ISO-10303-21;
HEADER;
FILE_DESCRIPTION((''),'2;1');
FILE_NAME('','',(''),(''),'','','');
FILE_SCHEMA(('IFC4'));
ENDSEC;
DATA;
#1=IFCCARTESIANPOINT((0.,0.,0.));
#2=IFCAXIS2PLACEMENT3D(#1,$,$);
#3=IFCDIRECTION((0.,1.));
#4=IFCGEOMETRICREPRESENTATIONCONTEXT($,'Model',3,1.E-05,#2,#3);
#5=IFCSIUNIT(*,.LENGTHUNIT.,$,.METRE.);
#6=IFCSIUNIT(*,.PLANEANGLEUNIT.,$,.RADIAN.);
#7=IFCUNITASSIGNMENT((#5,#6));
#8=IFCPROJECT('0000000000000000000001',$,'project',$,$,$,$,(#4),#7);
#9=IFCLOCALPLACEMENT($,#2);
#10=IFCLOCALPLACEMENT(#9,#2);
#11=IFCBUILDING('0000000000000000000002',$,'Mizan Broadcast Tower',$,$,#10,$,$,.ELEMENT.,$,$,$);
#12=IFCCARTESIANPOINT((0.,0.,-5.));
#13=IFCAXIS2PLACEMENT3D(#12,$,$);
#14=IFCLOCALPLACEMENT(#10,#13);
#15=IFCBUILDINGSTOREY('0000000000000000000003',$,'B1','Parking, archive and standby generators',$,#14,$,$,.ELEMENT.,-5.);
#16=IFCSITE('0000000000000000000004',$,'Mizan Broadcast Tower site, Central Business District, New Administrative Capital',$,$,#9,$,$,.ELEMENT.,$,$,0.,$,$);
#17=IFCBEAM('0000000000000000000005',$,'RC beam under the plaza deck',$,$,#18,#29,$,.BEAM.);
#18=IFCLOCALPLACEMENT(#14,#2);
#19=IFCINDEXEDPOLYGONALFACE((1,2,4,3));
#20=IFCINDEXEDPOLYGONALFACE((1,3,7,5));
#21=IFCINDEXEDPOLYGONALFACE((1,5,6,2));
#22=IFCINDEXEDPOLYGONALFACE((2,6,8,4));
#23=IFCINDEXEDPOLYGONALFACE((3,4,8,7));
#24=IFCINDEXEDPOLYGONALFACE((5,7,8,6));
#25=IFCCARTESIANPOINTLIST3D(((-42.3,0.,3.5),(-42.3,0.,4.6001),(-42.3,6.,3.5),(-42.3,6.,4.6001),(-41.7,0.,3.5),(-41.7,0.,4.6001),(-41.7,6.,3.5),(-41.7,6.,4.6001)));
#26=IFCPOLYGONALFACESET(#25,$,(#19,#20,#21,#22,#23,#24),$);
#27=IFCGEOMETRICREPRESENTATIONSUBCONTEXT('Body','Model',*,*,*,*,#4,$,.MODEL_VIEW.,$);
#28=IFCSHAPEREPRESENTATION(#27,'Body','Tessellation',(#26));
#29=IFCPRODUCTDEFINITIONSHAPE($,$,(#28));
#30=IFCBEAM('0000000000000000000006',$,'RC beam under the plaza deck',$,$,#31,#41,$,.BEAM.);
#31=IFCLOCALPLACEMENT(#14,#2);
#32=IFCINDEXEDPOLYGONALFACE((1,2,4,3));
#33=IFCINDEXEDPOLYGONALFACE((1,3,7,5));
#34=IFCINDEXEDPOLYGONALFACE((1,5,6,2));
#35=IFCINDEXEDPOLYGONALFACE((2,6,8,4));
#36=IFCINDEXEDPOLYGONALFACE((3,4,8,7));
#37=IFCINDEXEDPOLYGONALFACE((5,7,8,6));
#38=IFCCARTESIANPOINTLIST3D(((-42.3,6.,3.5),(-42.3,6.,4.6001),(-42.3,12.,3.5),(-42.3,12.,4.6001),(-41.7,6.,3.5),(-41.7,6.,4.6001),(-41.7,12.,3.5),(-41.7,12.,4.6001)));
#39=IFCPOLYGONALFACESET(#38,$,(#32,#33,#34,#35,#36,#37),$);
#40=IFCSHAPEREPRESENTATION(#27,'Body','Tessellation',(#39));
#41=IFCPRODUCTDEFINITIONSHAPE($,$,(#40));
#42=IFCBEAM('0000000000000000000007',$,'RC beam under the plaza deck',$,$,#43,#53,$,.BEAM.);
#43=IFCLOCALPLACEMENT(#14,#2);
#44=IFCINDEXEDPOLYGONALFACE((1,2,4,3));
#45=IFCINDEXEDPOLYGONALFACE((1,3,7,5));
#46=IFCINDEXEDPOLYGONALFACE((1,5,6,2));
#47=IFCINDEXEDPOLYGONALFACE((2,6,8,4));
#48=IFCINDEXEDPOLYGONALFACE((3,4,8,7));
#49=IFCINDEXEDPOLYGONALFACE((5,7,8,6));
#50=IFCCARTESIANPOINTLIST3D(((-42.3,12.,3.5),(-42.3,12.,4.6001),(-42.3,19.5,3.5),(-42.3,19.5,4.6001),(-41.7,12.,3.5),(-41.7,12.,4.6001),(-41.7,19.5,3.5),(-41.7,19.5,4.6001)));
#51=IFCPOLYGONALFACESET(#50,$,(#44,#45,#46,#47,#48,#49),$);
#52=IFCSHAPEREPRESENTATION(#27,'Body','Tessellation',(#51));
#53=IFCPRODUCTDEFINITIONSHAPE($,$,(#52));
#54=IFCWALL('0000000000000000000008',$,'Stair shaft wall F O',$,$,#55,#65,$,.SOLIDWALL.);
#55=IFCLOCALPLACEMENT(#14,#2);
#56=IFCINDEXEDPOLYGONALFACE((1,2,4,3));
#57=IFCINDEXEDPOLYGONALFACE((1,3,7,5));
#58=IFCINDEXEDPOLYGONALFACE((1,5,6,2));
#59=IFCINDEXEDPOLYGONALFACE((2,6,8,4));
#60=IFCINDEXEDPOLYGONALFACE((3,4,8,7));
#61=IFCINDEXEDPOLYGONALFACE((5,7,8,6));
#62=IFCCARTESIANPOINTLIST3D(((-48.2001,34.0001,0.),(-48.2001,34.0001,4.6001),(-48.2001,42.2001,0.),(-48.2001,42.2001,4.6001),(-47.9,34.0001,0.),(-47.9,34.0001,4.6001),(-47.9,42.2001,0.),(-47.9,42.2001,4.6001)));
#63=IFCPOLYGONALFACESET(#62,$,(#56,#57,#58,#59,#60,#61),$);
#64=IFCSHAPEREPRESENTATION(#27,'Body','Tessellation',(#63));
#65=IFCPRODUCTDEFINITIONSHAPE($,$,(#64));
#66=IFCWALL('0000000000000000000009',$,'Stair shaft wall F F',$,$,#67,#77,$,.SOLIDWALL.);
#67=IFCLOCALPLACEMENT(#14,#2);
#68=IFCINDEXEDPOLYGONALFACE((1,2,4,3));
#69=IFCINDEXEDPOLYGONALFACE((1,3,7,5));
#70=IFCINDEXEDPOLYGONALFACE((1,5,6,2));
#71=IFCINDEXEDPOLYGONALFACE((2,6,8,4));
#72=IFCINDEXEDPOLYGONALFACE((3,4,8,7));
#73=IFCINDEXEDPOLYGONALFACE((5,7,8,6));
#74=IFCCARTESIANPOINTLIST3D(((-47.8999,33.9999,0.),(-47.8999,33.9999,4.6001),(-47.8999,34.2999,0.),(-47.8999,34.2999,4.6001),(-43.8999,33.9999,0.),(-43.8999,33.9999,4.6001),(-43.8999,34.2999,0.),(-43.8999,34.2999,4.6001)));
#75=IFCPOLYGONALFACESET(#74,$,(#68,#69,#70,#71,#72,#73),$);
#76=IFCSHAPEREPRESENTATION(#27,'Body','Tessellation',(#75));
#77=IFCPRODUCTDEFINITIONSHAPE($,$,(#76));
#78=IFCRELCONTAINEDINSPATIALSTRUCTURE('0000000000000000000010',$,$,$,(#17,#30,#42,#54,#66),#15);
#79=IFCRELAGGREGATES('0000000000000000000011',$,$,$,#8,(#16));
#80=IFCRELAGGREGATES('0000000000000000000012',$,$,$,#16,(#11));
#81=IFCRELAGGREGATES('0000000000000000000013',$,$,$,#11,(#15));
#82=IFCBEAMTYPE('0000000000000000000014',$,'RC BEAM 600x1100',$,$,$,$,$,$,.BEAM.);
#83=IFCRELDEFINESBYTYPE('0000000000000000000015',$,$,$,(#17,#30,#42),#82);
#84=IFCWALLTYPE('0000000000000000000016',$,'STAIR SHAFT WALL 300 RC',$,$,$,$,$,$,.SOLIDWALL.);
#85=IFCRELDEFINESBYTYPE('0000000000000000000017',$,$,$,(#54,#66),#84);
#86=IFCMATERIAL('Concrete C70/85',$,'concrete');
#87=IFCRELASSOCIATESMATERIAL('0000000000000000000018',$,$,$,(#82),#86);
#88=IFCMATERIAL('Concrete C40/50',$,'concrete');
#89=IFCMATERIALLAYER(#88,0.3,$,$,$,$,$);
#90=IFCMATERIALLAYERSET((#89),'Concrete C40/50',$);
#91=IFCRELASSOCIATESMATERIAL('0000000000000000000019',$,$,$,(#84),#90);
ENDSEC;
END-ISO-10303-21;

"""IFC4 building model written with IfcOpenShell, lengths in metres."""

from ifc_helpers import new_model, si_unit, direction, frame, frame_2d, origin, origin_2d, place, context, subcontext, project, spatial, rectangle, extrude, material, layer, layer_set, material_profile, profile_set, type_object, element, save


model = new_model("IFC4")

# Units and contexts
model_context = context("Model", 3, precision=1e-05, world=origin(), true_north=direction((0.0, 1.0)))
body_context = subcontext(model_context, "Body", "Model", "MODEL_VIEW")
ifc_project = project(units=[si_unit("LENGTHUNIT", "METRE"), si_unit("PLANEANGLEUNIT", "RADIAN")], contexts=[model_context])

# Site, building, storey
site_placement = place(None, origin())
site = spatial("IfcSite", under=ifc_project, at=site_placement, Name="Mizan Broadcast Tower site, Central Business District, New Administrative Capital", CompositionType="ELEMENT", RefElevation=0.0)
building_placement = place(site_placement, origin())
building = spatial("IfcBuilding", under=site, at=building_placement, Name="Mizan Broadcast Tower", CompositionType="ELEMENT")
storey_placement = place(building_placement, frame((0.0, 0.0, -5.0)))
storey = spatial("IfcBuildingStorey", under=building, at=storey_placement, Name="B1", Description="Parking, archive and standby generators", CompositionType="ELEMENT", Elevation=-5.0)

# Beams
ifc_material_1 = material(Name="Concrete C70/85", Category="concrete")
ifc_material_profile_1 = material_profile(ifc_material_1, rectangle(XDim=0.6001, YDim=1.1001, at=origin_2d()), Name="RC 600x1100")
ifc_profile_set_1 = profile_set([ifc_material_profile_1], Name="Concrete C70/85")
beam_type_1 = type_object("IfcBeamType", Name="RC BEAM 600x1100", PredefinedType="BEAM", material=ifc_profile_set_1)
for number, where, z_axis, x_axis, name in (
    (1, (-42.0, 0.0, 4.05), (0.0, 1.0, 0.0), (-1.0, 0.0, 0.0), "RC beam under the plaza deck"),
    (2, (-42.0, 6.0, 4.05), (0.0, 1.0, 0.0), (-1.0, 0.0, 0.0), "RC beam under the plaza deck"),
):
    element("IfcBeam", number, at=place(storey_placement, frame(where, z_axis=z_axis, x_axis=x_axis)), inside=storey, type_object=beam_type_1, Name=name, PredefinedType="BEAM", context=body_context, shape_type="SweptSolid", body=[
        extrude(rectangle(XDim=0.6001, YDim=1.1001, at=origin_2d()), origin(), (0.0, 0.0, 1.0), 6.0),
    ])
beam_1_placement = place(storey_placement, frame((-42.0, 12.0, 4.05), z_axis=(0.0, 1.0, 0.0), x_axis=(-1.0, 0.0, 0.0)))
element("IfcBeam", 3, at=beam_1_placement, inside=storey, type_object=beam_type_1, Name="RC beam under the plaza deck", PredefinedType="BEAM", context=body_context, shape_type="SweptSolid", body=[
    extrude(rectangle(XDim=0.6001, YDim=1.1001, at=origin_2d()), origin(), (0.0, 0.0, 1.0), 7.5),
])

# Walls
ifc_material_2 = material(Name="Concrete C40/50", Category="concrete")
ifc_layer = layer(ifc_material_2, 0.3)
ifc_layer_set = layer_set([ifc_layer], Name="Concrete C40/50")
wall_type = type_object("IfcWallType", Name="STAIR SHAFT WALL 300 RC", PredefinedType="SOLIDWALL", material=ifc_layer_set)
wall_1_placement = place(storey_placement, frame((-48.05, 34.0, 0.0), z_axis=(0.0, 0.0, 1.0), x_axis=(0.0, 1.0, 0.0)))
element("IfcWall", 4, at=wall_1_placement, inside=storey, type_object=wall_type, Name="Stair shaft wall F O", PredefinedType="SOLIDWALL", context=body_context, shape_type="SweptSolid", body=[
    extrude(rectangle(XDim=8.2, YDim=0.3, at=frame_2d((4.1001, 0.0))), origin(), (0.0, 0.0, 1.0), 4.6001),
])
wall_2_placement = place(storey_placement, frame((-47.8999, 34.1499, 0.0), z_axis=(0.0, 0.0, 1.0), x_axis=(1.0, 0.0, 0.0)))
element("IfcWall", 5, at=wall_2_placement, inside=storey, type_object=wall_type, Name="Stair shaft wall F F", PredefinedType="SOLIDWALL", context=body_context, shape_type="SweptSolid", body=[
    extrude(rectangle(XDim=4.0, YDim=0.3, at=frame_2d((2.0, 0.0))), origin(), (0.0, 0.0, 1.0), 4.6001),
])

save(model, "model.ifc")
